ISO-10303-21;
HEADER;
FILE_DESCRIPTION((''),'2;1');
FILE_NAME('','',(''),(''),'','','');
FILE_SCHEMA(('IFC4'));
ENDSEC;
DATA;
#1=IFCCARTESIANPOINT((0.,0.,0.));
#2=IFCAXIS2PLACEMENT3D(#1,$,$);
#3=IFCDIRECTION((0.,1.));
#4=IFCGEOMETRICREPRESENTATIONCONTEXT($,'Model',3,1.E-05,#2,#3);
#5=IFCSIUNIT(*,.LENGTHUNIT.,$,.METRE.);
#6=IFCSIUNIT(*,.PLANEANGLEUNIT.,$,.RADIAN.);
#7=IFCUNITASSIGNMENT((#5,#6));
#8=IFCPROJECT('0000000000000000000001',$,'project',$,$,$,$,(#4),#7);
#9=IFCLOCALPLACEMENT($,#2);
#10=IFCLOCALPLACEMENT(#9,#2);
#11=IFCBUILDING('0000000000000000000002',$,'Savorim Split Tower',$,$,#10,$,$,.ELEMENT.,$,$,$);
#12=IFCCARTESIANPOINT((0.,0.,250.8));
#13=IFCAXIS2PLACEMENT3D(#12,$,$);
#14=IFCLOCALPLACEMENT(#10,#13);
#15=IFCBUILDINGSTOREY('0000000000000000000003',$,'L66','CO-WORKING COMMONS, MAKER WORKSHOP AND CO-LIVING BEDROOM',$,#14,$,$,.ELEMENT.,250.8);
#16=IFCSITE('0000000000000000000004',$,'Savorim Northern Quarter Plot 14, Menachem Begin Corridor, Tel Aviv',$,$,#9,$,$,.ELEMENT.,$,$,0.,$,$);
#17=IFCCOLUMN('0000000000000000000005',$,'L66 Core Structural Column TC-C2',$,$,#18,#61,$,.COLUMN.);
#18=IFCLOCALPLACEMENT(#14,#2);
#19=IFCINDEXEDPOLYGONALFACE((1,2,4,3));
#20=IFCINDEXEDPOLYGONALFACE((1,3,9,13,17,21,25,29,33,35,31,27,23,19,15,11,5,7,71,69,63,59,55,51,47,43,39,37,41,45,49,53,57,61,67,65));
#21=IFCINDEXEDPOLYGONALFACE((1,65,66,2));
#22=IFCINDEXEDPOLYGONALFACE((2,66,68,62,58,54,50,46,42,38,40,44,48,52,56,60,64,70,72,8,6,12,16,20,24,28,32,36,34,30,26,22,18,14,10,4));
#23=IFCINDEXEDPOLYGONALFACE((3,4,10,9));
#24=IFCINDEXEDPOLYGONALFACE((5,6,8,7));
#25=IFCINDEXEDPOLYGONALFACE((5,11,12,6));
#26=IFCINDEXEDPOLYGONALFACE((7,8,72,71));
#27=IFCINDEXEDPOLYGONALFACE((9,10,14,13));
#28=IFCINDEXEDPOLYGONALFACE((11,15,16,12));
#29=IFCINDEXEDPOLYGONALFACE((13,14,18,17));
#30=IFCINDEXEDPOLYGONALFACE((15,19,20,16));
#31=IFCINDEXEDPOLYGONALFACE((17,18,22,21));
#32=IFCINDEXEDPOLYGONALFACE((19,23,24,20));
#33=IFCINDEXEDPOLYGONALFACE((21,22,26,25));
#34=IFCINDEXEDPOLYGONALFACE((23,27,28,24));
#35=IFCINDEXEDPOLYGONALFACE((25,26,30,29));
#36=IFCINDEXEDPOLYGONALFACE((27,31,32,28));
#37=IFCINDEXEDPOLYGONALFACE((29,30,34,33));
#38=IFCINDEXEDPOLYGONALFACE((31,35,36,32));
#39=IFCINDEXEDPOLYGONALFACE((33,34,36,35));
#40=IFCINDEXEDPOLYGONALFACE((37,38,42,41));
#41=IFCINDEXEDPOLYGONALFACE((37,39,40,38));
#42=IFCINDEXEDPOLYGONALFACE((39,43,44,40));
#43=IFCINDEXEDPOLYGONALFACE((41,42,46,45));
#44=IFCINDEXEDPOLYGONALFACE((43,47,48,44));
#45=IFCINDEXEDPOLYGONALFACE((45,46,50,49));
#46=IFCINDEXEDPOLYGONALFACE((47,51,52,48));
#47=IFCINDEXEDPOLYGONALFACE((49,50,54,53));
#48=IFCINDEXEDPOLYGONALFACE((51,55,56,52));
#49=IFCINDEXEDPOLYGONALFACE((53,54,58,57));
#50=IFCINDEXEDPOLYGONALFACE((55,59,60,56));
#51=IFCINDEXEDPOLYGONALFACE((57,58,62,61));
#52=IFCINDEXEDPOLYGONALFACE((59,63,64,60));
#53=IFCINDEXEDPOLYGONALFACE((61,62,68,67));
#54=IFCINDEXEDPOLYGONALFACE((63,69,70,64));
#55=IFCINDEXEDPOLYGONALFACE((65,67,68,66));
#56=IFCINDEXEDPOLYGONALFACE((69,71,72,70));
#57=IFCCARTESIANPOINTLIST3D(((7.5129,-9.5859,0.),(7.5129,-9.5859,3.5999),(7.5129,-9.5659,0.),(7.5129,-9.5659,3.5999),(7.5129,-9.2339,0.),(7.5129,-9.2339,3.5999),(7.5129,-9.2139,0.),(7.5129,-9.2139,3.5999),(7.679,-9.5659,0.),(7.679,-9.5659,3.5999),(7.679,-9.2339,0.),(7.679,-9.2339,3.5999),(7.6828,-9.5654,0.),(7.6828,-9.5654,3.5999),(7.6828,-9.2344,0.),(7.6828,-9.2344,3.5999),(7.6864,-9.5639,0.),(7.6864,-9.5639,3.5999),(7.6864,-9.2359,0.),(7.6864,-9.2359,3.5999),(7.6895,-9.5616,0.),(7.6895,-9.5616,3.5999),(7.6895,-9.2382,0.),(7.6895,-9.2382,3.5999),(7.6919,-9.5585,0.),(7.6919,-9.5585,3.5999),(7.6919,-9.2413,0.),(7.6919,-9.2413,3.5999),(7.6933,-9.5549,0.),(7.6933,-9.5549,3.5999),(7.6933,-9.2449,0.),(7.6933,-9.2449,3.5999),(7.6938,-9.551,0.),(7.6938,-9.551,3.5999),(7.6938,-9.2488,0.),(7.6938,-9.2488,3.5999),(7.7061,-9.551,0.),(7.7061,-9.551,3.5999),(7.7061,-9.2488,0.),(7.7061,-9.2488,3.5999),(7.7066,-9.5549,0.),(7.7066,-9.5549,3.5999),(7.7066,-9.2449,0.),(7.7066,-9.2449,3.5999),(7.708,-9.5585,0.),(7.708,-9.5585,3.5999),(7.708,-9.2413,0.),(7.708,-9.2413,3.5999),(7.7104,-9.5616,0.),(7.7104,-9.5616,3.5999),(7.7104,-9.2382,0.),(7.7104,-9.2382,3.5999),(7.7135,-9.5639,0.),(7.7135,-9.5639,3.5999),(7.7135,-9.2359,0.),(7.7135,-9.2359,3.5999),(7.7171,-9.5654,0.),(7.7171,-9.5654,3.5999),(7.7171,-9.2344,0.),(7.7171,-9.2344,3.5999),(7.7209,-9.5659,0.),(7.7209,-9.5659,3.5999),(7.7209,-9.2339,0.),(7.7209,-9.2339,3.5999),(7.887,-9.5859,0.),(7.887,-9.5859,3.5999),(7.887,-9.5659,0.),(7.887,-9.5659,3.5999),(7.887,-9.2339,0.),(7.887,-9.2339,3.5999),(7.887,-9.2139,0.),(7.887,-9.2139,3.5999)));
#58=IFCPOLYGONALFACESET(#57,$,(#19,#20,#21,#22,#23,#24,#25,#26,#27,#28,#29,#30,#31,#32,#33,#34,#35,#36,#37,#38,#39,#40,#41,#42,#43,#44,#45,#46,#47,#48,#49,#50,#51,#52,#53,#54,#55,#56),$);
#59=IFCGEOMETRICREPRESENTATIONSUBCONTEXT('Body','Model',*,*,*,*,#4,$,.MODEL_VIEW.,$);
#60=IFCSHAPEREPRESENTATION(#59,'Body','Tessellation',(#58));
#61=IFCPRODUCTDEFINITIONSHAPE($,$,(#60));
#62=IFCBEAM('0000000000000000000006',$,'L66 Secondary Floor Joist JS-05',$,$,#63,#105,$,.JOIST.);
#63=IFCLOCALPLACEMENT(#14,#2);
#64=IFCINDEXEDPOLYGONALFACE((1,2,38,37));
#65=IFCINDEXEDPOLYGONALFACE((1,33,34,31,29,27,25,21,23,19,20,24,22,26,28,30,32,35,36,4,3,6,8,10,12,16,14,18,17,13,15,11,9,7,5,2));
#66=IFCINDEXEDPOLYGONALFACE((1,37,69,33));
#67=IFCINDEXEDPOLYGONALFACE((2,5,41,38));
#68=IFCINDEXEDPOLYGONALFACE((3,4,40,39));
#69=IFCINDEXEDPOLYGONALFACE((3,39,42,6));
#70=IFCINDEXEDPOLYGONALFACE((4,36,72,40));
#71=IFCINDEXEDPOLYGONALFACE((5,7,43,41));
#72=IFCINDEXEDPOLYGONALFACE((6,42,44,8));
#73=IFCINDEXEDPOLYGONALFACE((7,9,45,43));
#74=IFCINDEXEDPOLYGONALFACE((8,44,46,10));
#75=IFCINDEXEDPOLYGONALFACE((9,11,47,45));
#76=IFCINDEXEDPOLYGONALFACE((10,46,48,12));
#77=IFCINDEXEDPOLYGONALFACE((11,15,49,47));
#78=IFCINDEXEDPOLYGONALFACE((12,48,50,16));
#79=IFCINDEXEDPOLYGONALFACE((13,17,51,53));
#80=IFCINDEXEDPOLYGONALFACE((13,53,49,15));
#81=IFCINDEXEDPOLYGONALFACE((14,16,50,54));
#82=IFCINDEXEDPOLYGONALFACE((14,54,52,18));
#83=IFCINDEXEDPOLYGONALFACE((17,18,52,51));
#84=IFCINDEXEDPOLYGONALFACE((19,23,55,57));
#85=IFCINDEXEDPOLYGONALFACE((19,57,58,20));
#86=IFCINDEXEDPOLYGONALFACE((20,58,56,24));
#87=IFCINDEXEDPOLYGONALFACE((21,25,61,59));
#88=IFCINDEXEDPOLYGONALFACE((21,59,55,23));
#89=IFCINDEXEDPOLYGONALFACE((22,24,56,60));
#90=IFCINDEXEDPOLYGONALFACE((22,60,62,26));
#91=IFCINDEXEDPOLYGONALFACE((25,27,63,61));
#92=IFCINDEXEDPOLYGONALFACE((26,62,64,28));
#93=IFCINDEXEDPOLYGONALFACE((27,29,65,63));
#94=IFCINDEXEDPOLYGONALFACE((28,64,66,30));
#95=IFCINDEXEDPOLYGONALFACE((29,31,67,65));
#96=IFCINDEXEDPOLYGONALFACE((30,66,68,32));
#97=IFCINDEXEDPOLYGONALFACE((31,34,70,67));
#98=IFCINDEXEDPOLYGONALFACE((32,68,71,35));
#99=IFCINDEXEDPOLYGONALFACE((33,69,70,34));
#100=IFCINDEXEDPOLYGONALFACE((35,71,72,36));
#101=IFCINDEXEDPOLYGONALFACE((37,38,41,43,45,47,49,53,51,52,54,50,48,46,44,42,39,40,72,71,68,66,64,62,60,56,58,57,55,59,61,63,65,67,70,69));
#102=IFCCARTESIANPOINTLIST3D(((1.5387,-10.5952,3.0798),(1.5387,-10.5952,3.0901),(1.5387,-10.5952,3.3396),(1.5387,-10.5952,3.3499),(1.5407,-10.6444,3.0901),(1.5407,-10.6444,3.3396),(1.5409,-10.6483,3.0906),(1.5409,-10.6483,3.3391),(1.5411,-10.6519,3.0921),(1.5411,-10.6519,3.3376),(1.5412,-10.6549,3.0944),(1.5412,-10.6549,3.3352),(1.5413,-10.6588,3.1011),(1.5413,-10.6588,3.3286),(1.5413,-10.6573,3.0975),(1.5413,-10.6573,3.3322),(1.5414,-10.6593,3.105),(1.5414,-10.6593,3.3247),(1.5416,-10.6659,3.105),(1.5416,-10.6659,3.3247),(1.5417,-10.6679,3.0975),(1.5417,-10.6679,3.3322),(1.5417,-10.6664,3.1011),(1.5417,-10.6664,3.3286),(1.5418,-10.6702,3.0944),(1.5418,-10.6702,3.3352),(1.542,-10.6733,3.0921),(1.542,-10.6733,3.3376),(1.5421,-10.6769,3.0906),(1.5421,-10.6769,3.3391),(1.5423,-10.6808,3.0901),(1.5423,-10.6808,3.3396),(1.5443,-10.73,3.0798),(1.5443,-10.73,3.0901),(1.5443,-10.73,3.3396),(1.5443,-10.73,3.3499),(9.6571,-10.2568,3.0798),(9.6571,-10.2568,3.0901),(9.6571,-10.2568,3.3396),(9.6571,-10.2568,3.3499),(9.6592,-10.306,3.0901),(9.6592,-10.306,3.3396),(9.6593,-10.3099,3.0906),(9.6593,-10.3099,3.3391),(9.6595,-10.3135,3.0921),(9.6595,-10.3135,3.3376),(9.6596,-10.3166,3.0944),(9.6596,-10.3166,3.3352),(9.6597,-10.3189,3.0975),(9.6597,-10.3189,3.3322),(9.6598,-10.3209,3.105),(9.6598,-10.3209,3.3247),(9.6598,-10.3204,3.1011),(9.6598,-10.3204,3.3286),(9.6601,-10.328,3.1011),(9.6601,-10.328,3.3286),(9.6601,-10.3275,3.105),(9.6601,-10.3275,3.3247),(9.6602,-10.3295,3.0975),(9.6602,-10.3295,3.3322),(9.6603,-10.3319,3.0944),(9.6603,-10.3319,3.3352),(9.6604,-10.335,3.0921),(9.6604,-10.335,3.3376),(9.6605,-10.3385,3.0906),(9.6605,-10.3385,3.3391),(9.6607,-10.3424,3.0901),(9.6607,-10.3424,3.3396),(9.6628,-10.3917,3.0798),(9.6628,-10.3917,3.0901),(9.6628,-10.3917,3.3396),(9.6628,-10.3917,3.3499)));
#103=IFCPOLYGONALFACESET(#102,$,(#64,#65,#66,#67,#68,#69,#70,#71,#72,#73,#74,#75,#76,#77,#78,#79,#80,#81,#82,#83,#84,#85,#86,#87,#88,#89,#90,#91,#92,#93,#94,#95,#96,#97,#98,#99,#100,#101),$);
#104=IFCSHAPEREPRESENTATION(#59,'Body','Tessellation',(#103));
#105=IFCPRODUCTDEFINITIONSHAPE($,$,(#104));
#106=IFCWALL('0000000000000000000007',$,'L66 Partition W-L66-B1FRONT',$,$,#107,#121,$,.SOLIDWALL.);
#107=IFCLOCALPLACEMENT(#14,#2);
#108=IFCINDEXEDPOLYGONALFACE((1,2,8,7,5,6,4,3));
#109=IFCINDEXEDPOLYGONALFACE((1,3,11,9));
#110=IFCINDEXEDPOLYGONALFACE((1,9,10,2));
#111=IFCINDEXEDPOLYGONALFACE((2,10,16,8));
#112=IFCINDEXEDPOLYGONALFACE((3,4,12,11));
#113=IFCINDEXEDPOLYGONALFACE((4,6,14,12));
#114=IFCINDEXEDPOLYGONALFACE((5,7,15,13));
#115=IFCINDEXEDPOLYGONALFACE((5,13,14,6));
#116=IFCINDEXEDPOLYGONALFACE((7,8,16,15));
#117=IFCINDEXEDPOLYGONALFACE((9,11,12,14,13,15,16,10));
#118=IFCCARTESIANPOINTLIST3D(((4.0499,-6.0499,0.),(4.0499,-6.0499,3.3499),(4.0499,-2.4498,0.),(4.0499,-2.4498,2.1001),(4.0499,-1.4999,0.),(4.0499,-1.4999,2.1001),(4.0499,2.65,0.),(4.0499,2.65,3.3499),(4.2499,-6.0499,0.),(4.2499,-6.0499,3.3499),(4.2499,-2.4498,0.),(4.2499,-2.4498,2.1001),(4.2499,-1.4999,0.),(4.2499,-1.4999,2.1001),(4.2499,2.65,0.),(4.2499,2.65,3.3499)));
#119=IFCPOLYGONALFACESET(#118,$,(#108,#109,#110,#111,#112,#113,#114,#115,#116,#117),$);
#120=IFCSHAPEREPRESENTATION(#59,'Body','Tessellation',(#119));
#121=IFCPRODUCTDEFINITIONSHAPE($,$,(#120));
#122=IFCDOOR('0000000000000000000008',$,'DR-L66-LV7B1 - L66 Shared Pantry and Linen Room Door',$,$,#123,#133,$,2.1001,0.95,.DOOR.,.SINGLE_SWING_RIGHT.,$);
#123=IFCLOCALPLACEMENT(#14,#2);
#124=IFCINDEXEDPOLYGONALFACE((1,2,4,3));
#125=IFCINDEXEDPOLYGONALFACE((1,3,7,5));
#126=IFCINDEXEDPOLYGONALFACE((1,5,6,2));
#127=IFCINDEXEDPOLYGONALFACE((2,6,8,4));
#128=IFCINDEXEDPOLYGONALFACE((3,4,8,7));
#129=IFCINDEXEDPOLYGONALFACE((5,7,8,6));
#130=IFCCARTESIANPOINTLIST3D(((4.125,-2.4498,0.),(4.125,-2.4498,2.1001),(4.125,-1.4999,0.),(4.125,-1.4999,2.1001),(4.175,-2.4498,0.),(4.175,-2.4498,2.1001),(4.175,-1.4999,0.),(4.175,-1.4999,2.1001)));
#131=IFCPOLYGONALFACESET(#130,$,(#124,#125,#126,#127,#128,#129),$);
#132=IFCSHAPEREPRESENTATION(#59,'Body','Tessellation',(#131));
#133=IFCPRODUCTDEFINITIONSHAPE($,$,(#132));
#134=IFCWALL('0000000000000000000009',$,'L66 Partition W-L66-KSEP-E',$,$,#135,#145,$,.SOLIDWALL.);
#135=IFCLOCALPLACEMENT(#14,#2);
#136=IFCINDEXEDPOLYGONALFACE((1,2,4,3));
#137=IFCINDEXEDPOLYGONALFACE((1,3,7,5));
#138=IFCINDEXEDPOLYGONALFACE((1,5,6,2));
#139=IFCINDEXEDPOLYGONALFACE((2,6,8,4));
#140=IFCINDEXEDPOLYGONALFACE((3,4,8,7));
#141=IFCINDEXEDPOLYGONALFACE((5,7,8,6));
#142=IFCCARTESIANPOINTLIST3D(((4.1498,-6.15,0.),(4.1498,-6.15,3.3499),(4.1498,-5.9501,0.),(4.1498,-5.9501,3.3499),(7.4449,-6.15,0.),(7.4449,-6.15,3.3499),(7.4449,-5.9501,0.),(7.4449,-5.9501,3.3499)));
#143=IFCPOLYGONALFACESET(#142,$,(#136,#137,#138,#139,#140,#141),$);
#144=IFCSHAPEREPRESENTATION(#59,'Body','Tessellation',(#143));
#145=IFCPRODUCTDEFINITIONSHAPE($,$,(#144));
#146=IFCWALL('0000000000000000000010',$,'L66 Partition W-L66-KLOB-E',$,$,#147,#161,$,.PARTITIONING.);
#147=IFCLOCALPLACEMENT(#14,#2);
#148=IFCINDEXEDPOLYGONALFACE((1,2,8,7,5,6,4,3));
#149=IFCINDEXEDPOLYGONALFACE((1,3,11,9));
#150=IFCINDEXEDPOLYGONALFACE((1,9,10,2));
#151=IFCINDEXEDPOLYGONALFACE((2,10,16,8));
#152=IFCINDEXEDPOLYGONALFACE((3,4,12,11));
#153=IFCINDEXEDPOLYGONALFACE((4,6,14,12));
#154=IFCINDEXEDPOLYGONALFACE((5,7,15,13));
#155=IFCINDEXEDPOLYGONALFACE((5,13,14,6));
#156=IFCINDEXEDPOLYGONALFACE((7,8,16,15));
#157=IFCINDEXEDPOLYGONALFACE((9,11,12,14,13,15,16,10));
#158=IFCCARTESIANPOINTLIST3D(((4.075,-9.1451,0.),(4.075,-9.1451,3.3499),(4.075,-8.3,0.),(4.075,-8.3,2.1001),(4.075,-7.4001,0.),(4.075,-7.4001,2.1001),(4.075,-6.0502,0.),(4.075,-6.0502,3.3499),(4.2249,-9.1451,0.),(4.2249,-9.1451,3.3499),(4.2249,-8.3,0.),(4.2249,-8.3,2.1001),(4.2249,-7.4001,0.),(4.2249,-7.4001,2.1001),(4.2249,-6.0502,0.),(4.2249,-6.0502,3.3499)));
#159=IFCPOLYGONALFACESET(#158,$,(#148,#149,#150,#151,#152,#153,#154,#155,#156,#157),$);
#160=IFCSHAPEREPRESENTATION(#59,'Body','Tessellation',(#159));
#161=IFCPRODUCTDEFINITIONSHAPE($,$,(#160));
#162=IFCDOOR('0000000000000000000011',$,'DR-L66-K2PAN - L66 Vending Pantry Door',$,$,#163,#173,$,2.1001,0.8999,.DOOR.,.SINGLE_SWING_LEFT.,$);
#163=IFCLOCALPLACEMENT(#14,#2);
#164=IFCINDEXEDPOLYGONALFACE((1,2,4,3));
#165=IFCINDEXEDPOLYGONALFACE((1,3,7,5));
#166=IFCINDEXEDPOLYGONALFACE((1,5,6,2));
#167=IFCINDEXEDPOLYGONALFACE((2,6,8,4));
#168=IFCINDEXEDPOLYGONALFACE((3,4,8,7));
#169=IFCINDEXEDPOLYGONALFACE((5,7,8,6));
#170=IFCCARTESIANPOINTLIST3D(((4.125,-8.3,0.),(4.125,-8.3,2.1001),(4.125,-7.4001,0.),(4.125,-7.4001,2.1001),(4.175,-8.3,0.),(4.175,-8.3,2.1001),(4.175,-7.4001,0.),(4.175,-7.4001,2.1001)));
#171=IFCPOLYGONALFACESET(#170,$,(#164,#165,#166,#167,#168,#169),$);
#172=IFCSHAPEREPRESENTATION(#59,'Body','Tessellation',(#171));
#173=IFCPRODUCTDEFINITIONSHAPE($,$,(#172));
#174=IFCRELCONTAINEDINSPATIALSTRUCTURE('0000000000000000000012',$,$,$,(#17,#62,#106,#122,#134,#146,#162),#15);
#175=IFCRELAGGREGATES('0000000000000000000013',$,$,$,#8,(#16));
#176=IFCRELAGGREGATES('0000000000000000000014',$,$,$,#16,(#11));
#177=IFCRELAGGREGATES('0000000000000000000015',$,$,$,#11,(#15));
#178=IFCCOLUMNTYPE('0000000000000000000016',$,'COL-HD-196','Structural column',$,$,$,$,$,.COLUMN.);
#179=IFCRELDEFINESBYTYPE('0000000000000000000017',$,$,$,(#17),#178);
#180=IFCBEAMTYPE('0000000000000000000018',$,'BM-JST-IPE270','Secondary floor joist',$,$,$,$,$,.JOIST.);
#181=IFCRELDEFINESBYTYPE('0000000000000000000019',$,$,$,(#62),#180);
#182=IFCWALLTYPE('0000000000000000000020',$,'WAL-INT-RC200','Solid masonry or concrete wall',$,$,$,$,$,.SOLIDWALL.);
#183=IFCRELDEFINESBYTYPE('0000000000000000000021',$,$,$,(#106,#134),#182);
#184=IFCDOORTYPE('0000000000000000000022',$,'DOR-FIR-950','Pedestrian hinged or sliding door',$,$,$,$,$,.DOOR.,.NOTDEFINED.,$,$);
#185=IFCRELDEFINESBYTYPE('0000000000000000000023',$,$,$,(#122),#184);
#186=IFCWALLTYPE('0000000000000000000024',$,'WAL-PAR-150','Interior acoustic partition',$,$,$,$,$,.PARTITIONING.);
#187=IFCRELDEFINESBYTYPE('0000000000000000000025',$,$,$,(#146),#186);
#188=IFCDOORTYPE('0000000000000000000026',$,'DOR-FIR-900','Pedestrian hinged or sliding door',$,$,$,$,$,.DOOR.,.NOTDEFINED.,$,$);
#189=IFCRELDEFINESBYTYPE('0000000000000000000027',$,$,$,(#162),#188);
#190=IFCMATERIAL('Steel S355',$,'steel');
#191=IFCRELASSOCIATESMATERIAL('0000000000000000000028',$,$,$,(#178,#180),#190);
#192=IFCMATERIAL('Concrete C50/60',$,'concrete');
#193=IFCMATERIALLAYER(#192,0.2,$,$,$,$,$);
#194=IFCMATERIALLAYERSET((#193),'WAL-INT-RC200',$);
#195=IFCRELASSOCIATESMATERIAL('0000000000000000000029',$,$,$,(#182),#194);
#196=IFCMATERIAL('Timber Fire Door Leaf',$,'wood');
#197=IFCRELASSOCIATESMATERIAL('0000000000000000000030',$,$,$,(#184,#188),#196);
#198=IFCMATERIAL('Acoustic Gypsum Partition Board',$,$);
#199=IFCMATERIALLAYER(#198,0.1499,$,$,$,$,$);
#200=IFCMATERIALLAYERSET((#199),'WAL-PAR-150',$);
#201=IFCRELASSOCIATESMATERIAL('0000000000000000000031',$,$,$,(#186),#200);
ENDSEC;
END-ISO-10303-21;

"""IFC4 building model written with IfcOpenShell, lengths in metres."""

from ifc_helpers import new_model, si_unit, direction, frame, frame_2d, origin, origin_2d, place, context, subcontext, project, spatial, rectangle, i_section, extrude, material, layer, layer_set, material_profile, profile_set, type_object, element, fill, save


model = new_model("IFC4")

# Units and contexts
model_context = context("Model", 3, precision=1e-05, world=origin(), true_north=direction((0.0, 1.0)))
body_context = subcontext(model_context, "Body", "Model", "MODEL_VIEW")
ifc_project = project(units=[si_unit("LENGTHUNIT", "METRE"), si_unit("PLANEANGLEUNIT", "RADIAN")], contexts=[model_context])

# Site, building, storey
site_placement = place(None, origin())
site = spatial("IfcSite", under=ifc_project, at=site_placement, Name="Savorim Northern Quarter Plot 14, Menachem Begin Corridor, Tel Aviv", CompositionType="ELEMENT", RefElevation=0.0)
building_placement = place(site_placement, origin())
building = spatial("IfcBuilding", under=site, at=building_placement, Name="Savorim Split Tower", CompositionType="ELEMENT")
storey_placement = place(building_placement, frame((0.0, 0.0, 250.8)))
storey = spatial("IfcBuildingStorey", under=building, at=storey_placement, Name="L66", Description="CO-WORKING COMMONS, MAKER WORKSHOP AND CO-LIVING BEDROOM", CompositionType="ELEMENT", Elevation=250.8)

# Column
ifc_material_1 = material(Name="Steel S355", Category="steel")
ifc_material_profile_1 = material_profile(ifc_material_1, i_section(OverallWidth=0.374, OverallDepth=0.3721, WebThickness=0.0122, FlangeThickness=0.02, FilletRadius=0.0149, at=origin_2d()), Name="HD 360x196")
ifc_profile_set_1 = profile_set([ifc_material_profile_1], Name="Steel S355")
column_type = type_object("IfcColumnType", Name="COL-HD-196", Description="Structural column", PredefinedType="COLUMN", material=ifc_profile_set_1)
column_placement = place(storey_placement, frame((7.7, -9.3999, 0.0), z_axis=(0.0, 0.0, 1.0), x_axis=(1.0, 0.0, 0.0)))
element("IfcColumn", 1, at=column_placement, inside=storey, type_object=column_type, Name="L66 Core Structural Column TC-C2", PredefinedType="COLUMN", context=body_context, shape_type="SweptSolid", body=[
    extrude(i_section(OverallWidth=0.374, OverallDepth=0.3721, WebThickness=0.0122, FlangeThickness=0.02, FilletRadius=0.0149, at=origin_2d()), origin(), (0.0, 0.0, 1.0), 3.5999),
])

# Beam
ifc_material_profile_2 = material_profile(ifc_material_1, i_section(OverallWidth=0.135, OverallDepth=0.27, WebThickness=0.0066, FlangeThickness=0.0103, FilletRadius=0.0149, at=origin_2d()), Name="IPE 270")
ifc_profile_set_2 = profile_set([ifc_material_profile_2], Name="Steel S355")
beam_type = type_object("IfcBeamType", Name="BM-JST-IPE270", Description="Secondary floor joist", PredefinedType="JOIST", material=ifc_profile_set_2)
beam_placement = place(storey_placement, frame((1.5415, -10.6626, 3.2148), z_axis=(0.999133, 0.041644, 0.0), x_axis=(-0.041644, 0.999133, 0.0)))
element("IfcBeam", 2, at=beam_placement, inside=storey, type_object=beam_type, Name="L66 Secondary Floor Joist JS-05", PredefinedType="JOIST", context=body_context, shape_type="SweptSolid", body=[
    extrude(i_section(OverallWidth=0.135, OverallDepth=0.27, WebThickness=0.0066, FlangeThickness=0.0103, FilletRadius=0.0149, at=origin_2d()), origin(), (0.0, 0.0, 1.0), 8.1255),
])

# Wall, opening, door
ifc_material_2 = material(Name="Concrete C50/60", Category="concrete")
ifc_layer_1 = layer(ifc_material_2, 0.2)
ifc_layer_set_1 = layer_set([ifc_layer_1], Name="WAL-INT-RC200")
wall_type_1 = type_object("IfcWallType", Name="WAL-INT-RC200", Description="Solid masonry or concrete wall", PredefinedType="SOLIDWALL", material=ifc_layer_set_1)
wall_1_placement = place(storey_placement, frame((4.1499, -6.05, 0.0), z_axis=(0.0, 0.0, 1.0), x_axis=(0.0, 1.0, 0.0)))
wall_1 = element("IfcWall", 3, at=wall_1_placement, inside=storey, type_object=wall_type_1, Name="L66 Partition W-L66-B1FRONT", PredefinedType="SOLIDWALL", context=body_context, shape_type="SweptSolid", body=[
    extrude(rectangle(XDim=8.7, YDim=0.2, at=frame_2d((4.3501, 0.0))), origin(), (0.0, 0.0, 1.0), 3.3499),
])
opening_1_placement = place(wall_1_placement, frame((3.6001, 0.0, 0.0)))
opening_1 = element("IfcOpeningElement", 4, at=opening_1_placement, cuts=wall_1, PredefinedType="OPENING", context=body_context, shape_type="SweptSolid", body=[
    extrude(rectangle(XDim=0.95, YDim=2.1001, at=frame_2d((0.4751, 1.05))), frame((0.0, 0.1099, 0.0), z_axis=(0.0, -1.0, 0.0), x_axis=(1.0, 0.0, 0.0)), (0.0, 0.0, 1.0), 0.22),
])
ifc_material_3 = material(Name="Timber Fire Door Leaf", Category="wood")
door_type_1 = type_object("IfcDoorType", Name="DOR-FIR-950", Description="Pedestrian hinged or sliding door", OperationType="NOTDEFINED", PredefinedType="DOOR", material=ifc_material_3)
door_1_placement = place(opening_1_placement, origin())
door_1 = element("IfcDoor", 5, at=door_1_placement, inside=storey, type_object=door_type_1, Name="DR-L66-LV7B1 - L66 Shared Pantry and Linen Room Door", OperationType="SINGLE_SWING_RIGHT", OverallHeight=2.1001, OverallWidth=0.95, PredefinedType="DOOR", context=body_context, shape_type="SweptSolid", body=[
    extrude(rectangle(XDim=0.95, YDim=2.1001, at=frame_2d((0.4751, 1.05))), frame((0.0, 0.0249, 0.0), z_axis=(0.0, -1.0, 0.0), x_axis=(1.0, 0.0, 0.0)), (0.0, 0.0, 1.0), 0.05),
])
fill(opening_1, door_1)

# Wall
wall_2_placement = place(storey_placement, frame((4.1499, -6.05, 0.0), z_axis=(0.0, 0.0, 1.0), x_axis=(1.0, 0.0, 0.0)))
element("IfcWall", 6, at=wall_2_placement, inside=storey, type_object=wall_type_1, Name="L66 Partition W-L66-KSEP-E", PredefinedType="SOLIDWALL", context=body_context, shape_type="SweptSolid", body=[
    extrude(rectangle(XDim=3.2952, YDim=0.2, at=frame_2d((1.6475, 0.0))), origin(), (0.0, 0.0, 1.0), 3.3499),
])

# Wall, opening, door
ifc_material_4 = material(Name="Acoustic Gypsum Partition Board")
ifc_layer_2 = layer(ifc_material_4, 0.1499)
ifc_layer_set_2 = layer_set([ifc_layer_2], Name="WAL-PAR-150")
wall_type_2 = type_object("IfcWallType", Name="WAL-PAR-150", Description="Interior acoustic partition", PredefinedType="PARTITIONING", material=ifc_layer_set_2)
wall_3_placement = place(storey_placement, frame((4.1499, -9.145, 0.0), z_axis=(0.0, 0.0, 1.0), x_axis=(0.0, 1.0, 0.0)))
wall_3 = element("IfcWall", 7, at=wall_3_placement, inside=storey, type_object=wall_type_2, Name="L66 Partition W-L66-KLOB-E", PredefinedType="PARTITIONING", context=body_context, shape_type="SweptSolid", body=[
    extrude(rectangle(XDim=3.095, YDim=0.1499, at=frame_2d((1.5474, 0.0))), origin(), (0.0, 0.0, 1.0), 3.3499),
])
opening_2_placement = place(wall_3_placement, frame((0.845, 0.0, 0.0)))
opening_2 = element("IfcOpeningElement", 8, at=opening_2_placement, cuts=wall_3, PredefinedType="OPENING", context=body_context, shape_type="SweptSolid", body=[
    extrude(rectangle(XDim=0.8999, YDim=2.1001, at=frame_2d((0.45, 1.05))), frame((0.0, 0.085, 0.0), z_axis=(0.0, -1.0, 0.0), x_axis=(1.0, 0.0, 0.0)), (0.0, 0.0, 1.0), 0.1699),
])
door_type_2 = type_object("IfcDoorType", Name="DOR-FIR-900", Description="Pedestrian hinged or sliding door", OperationType="NOTDEFINED", PredefinedType="DOOR", material=ifc_material_3)
door_2_placement = place(opening_2_placement, origin())
door_2 = element("IfcDoor", 9, at=door_2_placement, inside=storey, type_object=door_type_2, Name="DR-L66-K2PAN - L66 Vending Pantry Door", OperationType="SINGLE_SWING_LEFT", OverallHeight=2.1001, OverallWidth=0.8999, PredefinedType="DOOR", context=body_context, shape_type="SweptSolid", body=[
    extrude(rectangle(XDim=0.8999, YDim=2.1001, at=frame_2d((0.45, 1.05))), frame((0.0, 0.0249, 0.0), z_axis=(0.0, -1.0, 0.0), x_axis=(1.0, 0.0, 0.0)), (0.0, 0.0, 1.0), 0.05),
])
fill(opening_2, door_2)

save(model, "model.ifc")
